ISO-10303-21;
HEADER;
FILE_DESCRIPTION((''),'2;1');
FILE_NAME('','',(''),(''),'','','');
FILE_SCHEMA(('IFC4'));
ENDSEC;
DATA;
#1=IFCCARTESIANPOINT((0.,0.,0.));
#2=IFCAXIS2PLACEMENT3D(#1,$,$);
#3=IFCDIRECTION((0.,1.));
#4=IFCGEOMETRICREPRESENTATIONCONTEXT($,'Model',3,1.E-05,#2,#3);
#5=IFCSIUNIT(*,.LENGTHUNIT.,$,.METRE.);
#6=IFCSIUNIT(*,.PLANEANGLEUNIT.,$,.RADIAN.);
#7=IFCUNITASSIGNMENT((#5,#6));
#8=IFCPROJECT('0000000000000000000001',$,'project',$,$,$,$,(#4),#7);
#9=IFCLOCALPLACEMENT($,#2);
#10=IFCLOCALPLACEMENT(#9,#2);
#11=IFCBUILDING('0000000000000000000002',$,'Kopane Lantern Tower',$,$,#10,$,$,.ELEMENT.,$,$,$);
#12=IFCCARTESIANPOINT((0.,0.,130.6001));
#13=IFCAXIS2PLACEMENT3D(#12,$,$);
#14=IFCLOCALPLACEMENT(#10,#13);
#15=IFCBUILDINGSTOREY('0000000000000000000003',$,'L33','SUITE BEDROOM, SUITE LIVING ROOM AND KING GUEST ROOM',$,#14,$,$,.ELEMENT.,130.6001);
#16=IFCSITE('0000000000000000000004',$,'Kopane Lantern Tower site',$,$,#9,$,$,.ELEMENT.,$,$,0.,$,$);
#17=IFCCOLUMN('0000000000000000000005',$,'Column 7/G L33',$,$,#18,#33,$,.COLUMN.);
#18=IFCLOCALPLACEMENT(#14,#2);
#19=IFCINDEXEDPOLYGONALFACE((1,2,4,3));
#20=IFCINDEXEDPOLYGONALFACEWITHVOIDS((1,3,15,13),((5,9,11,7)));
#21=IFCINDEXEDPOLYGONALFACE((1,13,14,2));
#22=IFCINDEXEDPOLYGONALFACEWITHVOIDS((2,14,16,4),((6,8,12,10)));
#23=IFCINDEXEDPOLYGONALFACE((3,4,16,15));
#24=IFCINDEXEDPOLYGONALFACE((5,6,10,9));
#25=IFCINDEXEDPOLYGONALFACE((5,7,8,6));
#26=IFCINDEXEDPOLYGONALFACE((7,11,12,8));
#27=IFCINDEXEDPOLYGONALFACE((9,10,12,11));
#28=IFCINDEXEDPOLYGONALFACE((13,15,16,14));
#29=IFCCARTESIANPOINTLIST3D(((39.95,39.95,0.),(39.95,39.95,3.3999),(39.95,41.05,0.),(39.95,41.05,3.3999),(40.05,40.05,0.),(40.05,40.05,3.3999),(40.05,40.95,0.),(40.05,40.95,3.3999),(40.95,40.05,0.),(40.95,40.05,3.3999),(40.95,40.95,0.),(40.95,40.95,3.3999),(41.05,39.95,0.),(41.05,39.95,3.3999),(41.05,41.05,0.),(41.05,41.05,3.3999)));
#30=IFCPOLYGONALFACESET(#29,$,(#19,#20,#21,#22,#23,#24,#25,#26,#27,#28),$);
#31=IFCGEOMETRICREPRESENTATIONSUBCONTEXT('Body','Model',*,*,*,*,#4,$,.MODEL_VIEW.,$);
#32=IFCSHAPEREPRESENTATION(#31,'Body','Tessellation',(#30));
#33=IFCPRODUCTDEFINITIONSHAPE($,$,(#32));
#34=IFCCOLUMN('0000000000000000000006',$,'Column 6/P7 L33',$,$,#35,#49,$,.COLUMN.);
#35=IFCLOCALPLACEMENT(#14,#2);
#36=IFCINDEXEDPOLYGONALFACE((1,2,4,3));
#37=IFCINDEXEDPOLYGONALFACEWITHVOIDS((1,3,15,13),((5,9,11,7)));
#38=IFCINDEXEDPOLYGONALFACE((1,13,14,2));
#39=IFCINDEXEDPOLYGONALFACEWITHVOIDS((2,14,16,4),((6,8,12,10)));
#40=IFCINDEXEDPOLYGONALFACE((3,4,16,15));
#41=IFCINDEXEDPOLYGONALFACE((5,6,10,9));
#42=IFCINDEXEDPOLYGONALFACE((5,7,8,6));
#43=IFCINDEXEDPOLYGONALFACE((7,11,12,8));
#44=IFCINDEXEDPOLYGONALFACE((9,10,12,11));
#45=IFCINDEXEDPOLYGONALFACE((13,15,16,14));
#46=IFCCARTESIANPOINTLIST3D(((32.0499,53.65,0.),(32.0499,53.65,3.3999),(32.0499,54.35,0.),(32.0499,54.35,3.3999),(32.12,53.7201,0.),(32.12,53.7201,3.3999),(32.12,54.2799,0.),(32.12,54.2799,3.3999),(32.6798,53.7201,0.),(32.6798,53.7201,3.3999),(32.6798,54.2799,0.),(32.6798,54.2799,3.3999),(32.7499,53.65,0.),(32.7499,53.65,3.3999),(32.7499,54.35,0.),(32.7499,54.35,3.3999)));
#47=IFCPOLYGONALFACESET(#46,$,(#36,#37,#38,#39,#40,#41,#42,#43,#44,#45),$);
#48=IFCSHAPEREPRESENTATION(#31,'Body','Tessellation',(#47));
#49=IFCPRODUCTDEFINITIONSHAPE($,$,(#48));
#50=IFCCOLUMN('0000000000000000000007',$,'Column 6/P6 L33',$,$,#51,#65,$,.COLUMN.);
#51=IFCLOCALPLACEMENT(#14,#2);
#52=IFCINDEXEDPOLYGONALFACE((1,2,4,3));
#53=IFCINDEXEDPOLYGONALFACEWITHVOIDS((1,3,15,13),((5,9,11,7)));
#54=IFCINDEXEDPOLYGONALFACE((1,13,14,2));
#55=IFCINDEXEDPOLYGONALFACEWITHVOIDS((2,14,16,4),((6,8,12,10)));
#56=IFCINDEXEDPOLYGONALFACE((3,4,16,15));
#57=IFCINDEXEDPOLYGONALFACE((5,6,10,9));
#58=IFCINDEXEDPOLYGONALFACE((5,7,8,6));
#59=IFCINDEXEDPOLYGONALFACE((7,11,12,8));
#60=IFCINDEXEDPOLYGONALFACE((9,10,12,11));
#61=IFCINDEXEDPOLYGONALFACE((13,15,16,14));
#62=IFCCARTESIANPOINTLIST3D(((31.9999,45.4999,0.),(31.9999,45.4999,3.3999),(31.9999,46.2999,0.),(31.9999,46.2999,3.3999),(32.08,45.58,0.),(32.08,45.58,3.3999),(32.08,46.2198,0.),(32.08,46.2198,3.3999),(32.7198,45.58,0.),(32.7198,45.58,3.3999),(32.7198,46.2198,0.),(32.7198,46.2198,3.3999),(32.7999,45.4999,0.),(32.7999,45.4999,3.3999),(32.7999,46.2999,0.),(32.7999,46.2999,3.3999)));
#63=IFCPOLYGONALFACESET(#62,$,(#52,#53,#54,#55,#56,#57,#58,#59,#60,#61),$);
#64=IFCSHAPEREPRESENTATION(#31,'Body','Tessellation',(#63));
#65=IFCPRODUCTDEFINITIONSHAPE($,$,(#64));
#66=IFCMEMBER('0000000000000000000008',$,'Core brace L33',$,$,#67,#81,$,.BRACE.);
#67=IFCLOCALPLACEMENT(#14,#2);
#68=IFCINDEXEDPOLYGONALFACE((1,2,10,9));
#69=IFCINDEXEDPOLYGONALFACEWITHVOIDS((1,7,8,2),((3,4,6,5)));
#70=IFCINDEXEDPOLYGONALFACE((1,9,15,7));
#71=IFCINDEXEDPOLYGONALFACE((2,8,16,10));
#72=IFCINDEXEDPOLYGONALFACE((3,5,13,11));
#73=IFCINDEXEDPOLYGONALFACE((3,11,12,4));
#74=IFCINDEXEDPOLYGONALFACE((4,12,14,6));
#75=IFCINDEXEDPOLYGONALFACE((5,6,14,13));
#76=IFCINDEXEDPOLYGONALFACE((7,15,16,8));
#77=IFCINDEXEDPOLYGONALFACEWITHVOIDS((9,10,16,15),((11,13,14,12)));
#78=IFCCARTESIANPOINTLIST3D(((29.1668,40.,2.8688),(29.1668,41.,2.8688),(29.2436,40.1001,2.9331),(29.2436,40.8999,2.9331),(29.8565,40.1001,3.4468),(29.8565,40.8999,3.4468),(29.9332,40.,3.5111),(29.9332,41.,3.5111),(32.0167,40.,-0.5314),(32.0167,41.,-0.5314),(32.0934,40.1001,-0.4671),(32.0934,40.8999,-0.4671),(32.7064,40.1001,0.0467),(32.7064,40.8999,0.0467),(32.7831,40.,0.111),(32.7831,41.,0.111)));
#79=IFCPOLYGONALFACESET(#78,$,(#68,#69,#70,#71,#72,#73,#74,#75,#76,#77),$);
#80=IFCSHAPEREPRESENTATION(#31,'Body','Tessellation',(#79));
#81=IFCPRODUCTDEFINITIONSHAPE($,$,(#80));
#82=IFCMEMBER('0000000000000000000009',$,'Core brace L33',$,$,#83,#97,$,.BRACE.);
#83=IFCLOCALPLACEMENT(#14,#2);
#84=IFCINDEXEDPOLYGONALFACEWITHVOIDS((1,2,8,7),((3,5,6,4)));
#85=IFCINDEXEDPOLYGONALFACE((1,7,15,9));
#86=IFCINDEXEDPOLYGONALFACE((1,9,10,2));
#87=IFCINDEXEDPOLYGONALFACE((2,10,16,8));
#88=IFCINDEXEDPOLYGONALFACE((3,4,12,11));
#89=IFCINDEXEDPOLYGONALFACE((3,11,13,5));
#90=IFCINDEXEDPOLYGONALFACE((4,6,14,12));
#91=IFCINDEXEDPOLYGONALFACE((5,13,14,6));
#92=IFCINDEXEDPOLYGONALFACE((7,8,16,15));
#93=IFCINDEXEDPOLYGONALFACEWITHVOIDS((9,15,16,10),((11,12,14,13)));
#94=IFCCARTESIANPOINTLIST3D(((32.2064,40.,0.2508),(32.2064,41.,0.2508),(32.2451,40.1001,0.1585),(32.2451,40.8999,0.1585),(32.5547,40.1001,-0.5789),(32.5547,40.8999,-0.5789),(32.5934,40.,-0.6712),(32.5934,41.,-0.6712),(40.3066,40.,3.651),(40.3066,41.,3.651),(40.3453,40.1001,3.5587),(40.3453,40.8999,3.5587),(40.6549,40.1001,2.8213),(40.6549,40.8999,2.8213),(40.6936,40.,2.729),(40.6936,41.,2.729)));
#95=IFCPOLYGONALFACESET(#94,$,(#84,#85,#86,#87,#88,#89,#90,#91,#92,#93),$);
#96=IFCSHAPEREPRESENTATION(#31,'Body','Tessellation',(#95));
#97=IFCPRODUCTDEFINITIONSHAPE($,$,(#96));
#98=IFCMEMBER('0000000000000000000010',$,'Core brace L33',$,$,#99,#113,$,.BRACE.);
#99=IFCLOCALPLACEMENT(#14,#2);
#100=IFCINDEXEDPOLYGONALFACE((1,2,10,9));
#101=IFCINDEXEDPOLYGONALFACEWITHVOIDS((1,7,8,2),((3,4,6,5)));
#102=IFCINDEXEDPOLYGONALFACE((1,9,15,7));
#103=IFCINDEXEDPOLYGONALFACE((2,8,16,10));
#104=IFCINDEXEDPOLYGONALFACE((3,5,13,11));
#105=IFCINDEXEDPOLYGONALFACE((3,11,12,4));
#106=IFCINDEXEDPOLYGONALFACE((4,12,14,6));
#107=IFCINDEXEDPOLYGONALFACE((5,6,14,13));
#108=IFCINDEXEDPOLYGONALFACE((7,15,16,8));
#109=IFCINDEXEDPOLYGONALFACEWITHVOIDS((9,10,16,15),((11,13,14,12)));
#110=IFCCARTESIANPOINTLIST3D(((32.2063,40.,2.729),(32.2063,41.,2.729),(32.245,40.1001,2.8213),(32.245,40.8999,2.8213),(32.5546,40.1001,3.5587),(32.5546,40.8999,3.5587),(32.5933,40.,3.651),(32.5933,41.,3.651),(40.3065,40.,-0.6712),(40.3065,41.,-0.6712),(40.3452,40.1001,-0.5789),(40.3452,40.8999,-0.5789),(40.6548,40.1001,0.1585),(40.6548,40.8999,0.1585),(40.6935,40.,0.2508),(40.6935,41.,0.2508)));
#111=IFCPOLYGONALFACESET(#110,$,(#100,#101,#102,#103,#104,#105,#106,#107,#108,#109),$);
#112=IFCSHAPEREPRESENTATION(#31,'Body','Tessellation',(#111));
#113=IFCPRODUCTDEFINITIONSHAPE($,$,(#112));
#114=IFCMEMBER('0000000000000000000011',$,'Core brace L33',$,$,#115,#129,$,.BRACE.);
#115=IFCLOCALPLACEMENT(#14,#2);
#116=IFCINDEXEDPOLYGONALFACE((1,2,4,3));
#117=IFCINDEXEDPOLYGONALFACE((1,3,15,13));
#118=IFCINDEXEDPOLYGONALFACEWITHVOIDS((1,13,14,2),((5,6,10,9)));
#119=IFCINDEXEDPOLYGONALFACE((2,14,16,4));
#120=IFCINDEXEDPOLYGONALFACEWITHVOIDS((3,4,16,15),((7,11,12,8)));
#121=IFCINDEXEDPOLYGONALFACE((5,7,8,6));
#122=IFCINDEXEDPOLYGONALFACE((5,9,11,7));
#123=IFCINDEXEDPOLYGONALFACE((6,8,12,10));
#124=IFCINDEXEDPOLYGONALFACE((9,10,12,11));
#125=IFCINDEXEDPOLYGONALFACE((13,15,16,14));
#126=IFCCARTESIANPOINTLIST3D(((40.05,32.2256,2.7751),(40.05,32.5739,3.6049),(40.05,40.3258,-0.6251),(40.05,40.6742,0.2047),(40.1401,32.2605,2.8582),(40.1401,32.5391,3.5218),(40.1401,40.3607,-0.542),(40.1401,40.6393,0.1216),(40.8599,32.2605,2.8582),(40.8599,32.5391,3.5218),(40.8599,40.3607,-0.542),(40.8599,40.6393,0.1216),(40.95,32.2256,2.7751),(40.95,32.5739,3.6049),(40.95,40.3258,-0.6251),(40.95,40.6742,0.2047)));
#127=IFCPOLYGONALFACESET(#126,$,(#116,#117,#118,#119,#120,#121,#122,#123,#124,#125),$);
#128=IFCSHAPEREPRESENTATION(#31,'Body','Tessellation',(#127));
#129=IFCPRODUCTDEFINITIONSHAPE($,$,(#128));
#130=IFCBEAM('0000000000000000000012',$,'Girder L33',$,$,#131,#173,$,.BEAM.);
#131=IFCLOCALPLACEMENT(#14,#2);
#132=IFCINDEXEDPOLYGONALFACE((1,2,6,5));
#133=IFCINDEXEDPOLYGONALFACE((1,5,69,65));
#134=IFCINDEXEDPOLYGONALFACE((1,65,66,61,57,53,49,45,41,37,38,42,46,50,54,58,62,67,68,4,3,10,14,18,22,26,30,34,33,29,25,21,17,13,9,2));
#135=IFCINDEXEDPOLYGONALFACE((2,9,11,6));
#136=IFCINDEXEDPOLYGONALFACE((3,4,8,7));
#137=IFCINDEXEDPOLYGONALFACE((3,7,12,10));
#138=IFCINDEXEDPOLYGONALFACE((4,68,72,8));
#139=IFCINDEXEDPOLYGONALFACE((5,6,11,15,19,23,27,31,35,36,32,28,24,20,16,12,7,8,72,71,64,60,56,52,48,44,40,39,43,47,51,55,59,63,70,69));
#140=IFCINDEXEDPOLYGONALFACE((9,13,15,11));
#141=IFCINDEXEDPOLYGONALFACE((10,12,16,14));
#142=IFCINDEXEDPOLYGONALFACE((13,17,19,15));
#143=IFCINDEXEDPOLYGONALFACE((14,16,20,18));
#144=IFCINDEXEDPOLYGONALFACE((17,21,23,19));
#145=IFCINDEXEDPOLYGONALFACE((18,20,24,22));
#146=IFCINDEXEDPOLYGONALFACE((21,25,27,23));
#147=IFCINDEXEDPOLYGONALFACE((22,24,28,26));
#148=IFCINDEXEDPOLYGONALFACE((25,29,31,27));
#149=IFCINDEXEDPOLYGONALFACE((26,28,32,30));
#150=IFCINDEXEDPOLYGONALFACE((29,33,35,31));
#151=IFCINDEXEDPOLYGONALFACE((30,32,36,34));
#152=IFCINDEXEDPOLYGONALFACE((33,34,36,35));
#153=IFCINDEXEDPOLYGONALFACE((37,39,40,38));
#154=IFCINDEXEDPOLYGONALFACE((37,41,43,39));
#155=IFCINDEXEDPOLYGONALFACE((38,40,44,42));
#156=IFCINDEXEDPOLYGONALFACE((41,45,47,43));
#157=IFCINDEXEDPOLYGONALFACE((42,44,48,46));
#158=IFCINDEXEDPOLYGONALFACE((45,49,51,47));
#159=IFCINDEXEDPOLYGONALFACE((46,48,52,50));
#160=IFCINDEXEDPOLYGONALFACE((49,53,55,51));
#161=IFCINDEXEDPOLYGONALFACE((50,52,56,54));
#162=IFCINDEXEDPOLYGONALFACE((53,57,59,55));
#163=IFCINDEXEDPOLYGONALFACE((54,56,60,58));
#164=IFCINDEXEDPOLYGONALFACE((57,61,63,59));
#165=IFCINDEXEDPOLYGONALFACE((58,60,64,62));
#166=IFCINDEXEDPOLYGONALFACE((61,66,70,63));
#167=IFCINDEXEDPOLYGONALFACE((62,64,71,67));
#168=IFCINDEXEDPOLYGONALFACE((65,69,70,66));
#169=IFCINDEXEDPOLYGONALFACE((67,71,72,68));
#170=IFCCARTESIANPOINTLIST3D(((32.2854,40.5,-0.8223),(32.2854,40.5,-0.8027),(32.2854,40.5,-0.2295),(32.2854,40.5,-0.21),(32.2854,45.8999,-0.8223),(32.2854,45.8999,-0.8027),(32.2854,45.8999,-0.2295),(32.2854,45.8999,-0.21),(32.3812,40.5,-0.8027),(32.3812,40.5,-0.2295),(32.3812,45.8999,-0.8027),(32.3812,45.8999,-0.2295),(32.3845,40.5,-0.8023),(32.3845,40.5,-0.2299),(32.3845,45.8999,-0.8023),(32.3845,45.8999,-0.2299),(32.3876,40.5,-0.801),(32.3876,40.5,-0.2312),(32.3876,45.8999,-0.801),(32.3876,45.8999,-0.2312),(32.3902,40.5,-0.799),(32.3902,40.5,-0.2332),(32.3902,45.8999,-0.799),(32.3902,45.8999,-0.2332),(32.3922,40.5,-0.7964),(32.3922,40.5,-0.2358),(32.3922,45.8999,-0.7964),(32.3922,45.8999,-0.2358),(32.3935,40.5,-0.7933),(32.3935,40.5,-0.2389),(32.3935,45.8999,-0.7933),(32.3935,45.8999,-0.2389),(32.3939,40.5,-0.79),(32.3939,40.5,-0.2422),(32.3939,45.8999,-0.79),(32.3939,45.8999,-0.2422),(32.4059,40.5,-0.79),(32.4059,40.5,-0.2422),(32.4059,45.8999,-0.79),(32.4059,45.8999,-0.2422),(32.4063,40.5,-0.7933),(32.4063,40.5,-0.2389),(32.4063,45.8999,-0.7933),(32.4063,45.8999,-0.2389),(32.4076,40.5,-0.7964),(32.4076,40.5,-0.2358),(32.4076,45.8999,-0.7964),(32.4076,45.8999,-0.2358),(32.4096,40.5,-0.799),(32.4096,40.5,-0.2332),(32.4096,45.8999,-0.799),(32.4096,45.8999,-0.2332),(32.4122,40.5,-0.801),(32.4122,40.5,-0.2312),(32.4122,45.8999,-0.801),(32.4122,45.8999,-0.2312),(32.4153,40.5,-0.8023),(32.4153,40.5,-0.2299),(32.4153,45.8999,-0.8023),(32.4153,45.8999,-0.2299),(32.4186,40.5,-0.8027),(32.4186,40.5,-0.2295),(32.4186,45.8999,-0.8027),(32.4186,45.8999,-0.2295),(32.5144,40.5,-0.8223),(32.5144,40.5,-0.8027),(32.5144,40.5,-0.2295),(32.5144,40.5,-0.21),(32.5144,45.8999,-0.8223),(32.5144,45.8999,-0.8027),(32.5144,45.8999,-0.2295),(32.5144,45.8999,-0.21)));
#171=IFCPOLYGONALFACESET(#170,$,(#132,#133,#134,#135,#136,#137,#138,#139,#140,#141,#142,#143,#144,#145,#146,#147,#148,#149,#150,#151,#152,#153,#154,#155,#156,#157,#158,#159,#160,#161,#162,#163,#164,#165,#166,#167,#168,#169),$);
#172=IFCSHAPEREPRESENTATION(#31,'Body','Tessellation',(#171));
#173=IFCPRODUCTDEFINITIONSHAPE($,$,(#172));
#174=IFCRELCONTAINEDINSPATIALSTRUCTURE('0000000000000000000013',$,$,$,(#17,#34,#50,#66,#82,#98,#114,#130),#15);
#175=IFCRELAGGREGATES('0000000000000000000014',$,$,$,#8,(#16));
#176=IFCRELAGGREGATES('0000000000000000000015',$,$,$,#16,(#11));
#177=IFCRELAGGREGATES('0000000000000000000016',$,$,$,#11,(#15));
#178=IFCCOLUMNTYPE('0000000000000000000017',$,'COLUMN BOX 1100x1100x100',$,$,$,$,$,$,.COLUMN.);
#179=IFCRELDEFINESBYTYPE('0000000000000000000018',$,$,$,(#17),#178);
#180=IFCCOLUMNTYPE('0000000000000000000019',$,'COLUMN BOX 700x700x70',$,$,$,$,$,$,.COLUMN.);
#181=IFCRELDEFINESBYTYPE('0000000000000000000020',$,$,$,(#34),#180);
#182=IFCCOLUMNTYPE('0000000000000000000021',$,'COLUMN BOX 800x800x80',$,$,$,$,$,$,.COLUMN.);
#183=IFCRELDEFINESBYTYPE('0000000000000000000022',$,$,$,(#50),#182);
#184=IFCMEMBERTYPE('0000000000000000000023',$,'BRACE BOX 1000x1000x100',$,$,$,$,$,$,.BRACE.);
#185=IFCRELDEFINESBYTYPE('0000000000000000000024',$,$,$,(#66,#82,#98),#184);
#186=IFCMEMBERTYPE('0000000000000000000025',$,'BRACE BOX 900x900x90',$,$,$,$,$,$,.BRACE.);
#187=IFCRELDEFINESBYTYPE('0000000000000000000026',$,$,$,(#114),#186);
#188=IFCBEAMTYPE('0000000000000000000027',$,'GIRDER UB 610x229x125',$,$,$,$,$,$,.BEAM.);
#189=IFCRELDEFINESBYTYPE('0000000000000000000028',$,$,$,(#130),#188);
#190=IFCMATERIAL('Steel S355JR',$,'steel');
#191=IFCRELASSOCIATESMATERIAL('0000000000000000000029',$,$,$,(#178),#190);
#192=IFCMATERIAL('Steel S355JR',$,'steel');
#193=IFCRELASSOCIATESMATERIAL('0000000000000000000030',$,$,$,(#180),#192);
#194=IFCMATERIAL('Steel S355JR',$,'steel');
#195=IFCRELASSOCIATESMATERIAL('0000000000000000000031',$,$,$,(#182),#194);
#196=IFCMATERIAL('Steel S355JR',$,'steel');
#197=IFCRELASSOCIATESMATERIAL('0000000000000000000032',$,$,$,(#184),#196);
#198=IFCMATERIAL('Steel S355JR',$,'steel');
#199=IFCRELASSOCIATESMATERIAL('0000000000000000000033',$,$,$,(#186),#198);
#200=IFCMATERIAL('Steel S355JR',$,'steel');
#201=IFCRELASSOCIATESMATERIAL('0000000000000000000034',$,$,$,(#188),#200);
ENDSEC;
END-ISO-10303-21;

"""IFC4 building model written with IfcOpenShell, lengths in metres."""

from ifc_helpers import new_model, si_unit, direction, frame, origin, origin_2d, place, context, subcontext, project, spatial, hollow_rectangle, i_section, extrude, material, material_profile, profile_set, type_object, element, save


model = new_model("IFC4")

# Units and contexts
model_context = context("Model", 3, precision=1e-05, world=origin(), true_north=direction((0.0, 1.0)))
body_context = subcontext(model_context, "Body", "Model", "MODEL_VIEW")
ifc_project = project(units=[si_unit("LENGTHUNIT", "METRE"), si_unit("PLANEANGLEUNIT", "RADIAN")], contexts=[model_context])

# Site, building, storey
site_placement = place(None, origin())
site = spatial("IfcSite", under=ifc_project, at=site_placement, Name="Kopane Lantern Tower site", CompositionType="ELEMENT", RefElevation=0.0)
building_placement = place(site_placement, origin())
building = spatial("IfcBuilding", under=site, at=building_placement, Name="Kopane Lantern Tower", CompositionType="ELEMENT")
storey_placement = place(building_placement, frame((0.0, 0.0, 130.6001)))
storey = spatial("IfcBuildingStorey", under=building, at=storey_placement, Name="L33", Description="SUITE BEDROOM, SUITE LIVING ROOM AND KING GUEST ROOM", CompositionType="ELEMENT", Elevation=130.6001)

# Columns
ifc_material_1 = material(Name="Steel S355JR", Category="steel")
ifc_material_profile_1 = material_profile(ifc_material_1, hollow_rectangle(XDim=1.1001, YDim=1.1001, WallThickness=0.1001, at=origin_2d()), Name="BOX 1100x1100x100")
ifc_profile_set_1 = profile_set([ifc_material_profile_1], Name="Steel S355JR")
column_type_1 = type_object("IfcColumnType", Name="COLUMN BOX 1100x1100x100", PredefinedType="COLUMN", material=ifc_profile_set_1)
column_1_placement = place(storey_placement, frame((40.5, 40.5, 0.0), z_axis=(0.0, 0.0, 1.0), x_axis=(1.0, 0.0, 0.0)))
element("IfcColumn", 1, at=column_1_placement, inside=storey, type_object=column_type_1, Name="Column 7/G L33", PredefinedType="COLUMN", context=body_context, shape_type="SweptSolid", body=[
    extrude(hollow_rectangle(XDim=1.1001, YDim=1.1001, WallThickness=0.1001, at=origin_2d()), origin(), (0.0, 0.0, 1.0), 3.3999),
])
ifc_material_2 = material(Name="Steel S355JR", Category="steel")
ifc_material_profile_2 = material_profile(ifc_material_2, hollow_rectangle(XDim=0.7, YDim=0.7, WallThickness=0.0701, at=origin_2d()), Name="BOX 700x700x70")
ifc_profile_set_2 = profile_set([ifc_material_profile_2], Name="Steel S355JR")
column_type_2 = type_object("IfcColumnType", Name="COLUMN BOX 700x700x70", PredefinedType="COLUMN", material=ifc_profile_set_2)
column_2_placement = place(storey_placement, frame((32.3999, 54.0, 0.0), z_axis=(0.0, 0.0, 1.0), x_axis=(1.0, 0.0, 0.0)))
element("IfcColumn", 2, at=column_2_placement, inside=storey, type_object=column_type_2, Name="Column 6/P7 L33", PredefinedType="COLUMN", context=body_context, shape_type="SweptSolid", body=[
    extrude(hollow_rectangle(XDim=0.7, YDim=0.7, WallThickness=0.0701, at=origin_2d()), origin(), (0.0, 0.0, 1.0), 3.3999),
])
ifc_material_3 = material(Name="Steel S355JR", Category="steel")
ifc_material_profile_3 = material_profile(ifc_material_3, hollow_rectangle(XDim=0.8, YDim=0.8, WallThickness=0.0801, at=origin_2d()), Name="BOX 800x800x80")
ifc_profile_set_3 = profile_set([ifc_material_profile_3], Name="Steel S355JR")
column_type_3 = type_object("IfcColumnType", Name="COLUMN BOX 800x800x80", PredefinedType="COLUMN", material=ifc_profile_set_3)
column_3_placement = place(storey_placement, frame((32.3999, 45.8999, 0.0), z_axis=(0.0, 0.0, 1.0), x_axis=(1.0, 0.0, 0.0)))
element("IfcColumn", 3, at=column_3_placement, inside=storey, type_object=column_type_3, Name="Column 6/P6 L33", PredefinedType="COLUMN", context=body_context, shape_type="SweptSolid", body=[
    extrude(hollow_rectangle(XDim=0.8, YDim=0.8, WallThickness=0.0801, at=origin_2d()), origin(), (0.0, 0.0, 1.0), 3.3999),
])

# Members
ifc_material_4 = material(Name="Steel S355JR", Category="steel")
ifc_material_profile_4 = material_profile(ifc_material_4, hollow_rectangle(XDim=1.0, YDim=1.0, WallThickness=0.1001, at=origin_2d()), Name="BOX 1000x1000x100")
ifc_profile_set_4 = profile_set([ifc_material_profile_4], Name="Steel S355JR")
member_type_1 = type_object("IfcMemberType", Name="BRACE BOX 1000x1000x100", PredefinedType="BRACE", material=ifc_profile_set_4)
member_1_placement = place(storey_placement, frame((32.3999, 40.5, -0.2102), z_axis=(-0.642363, 0.0, 0.7664), x_axis=(0.0, -1.0, 0.0)))
element("IfcMember", 4, at=member_1_placement, inside=storey, type_object=member_type_1, Name="Core brace L33", PredefinedType="BRACE", context=body_context, shape_type="SweptSolid", body=[
    extrude(hollow_rectangle(XDim=1.0, YDim=1.0, WallThickness=0.1001, at=origin_2d()), origin(), (0.0, 0.0, 1.0), 4.4365),
])
for number, where, z_axis, x_axis, name in (
    (5, (32.3999, 40.5, -0.2102), (0.922059, 0.0, 0.387049), (0.0, 1.0, 0.0), "Core brace L33"),
    (6, (40.5, 40.5, -0.2102), (-0.922059, 0.0, 0.387049), (0.0, -1.0, 0.0), "Core brace L33"),
):
    element("IfcMember", number, at=place(storey_placement, frame(where, z_axis=z_axis, x_axis=x_axis)), inside=storey, type_object=member_type_1, Name=name, PredefinedType="BRACE", context=body_context, shape_type="SweptSolid", body=[
        extrude(hollow_rectangle(XDim=1.0, YDim=1.0, WallThickness=0.1001, at=origin_2d()), origin(), (0.0, 0.0, 1.0), 8.7849),
    ])
ifc_material_5 = material(Name="Steel S355JR", Category="steel")
ifc_material_profile_5 = material_profile(ifc_material_5, hollow_rectangle(XDim=0.8999, YDim=0.8999, WallThickness=0.0901, at=origin_2d()), Name="BOX 900x900x90")
ifc_profile_set_5 = profile_set([ifc_material_profile_5], Name="Steel S355JR")
member_type_2 = type_object("IfcMemberType", Name="BRACE BOX 900x900x90", PredefinedType="BRACE", material=ifc_profile_set_5)
member_2_placement = place(storey_placement, frame((40.5, 40.5, -0.2102), z_axis=(0.0, -0.922059, 0.387049), x_axis=(1.0, 0.0, 0.0)))
element("IfcMember", 7, at=member_2_placement, inside=storey, type_object=member_type_2, Name="Core brace L33", PredefinedType="BRACE", context=body_context, shape_type="SweptSolid", body=[
    extrude(hollow_rectangle(XDim=0.8999, YDim=0.8999, WallThickness=0.0901, at=origin_2d()), origin(), (0.0, 0.0, 1.0), 8.7849),
])

# Beam
ifc_material_6 = material(Name="Steel S355JR", Category="steel")
ifc_material_profile_6 = material_profile(ifc_material_6, i_section(OverallWidth=0.229, OverallDepth=0.6123, WebThickness=0.012, FlangeThickness=0.0195, FilletRadius=0.0127, at=origin_2d()), Name="UB 610x229x125")
ifc_profile_set_6 = profile_set([ifc_material_profile_6], Name="Steel S355JR")
beam_type = type_object("IfcBeamType", Name="GIRDER UB 610x229x125", PredefinedType="BEAM", material=ifc_profile_set_6)
beam_1_placement = place(storey_placement, frame((32.3999, 40.5, -0.5161), z_axis=(0.0, 1.0, 0.0), x_axis=(-1.0, 0.0, 0.0)))
element("IfcBeam", 8, at=beam_1_placement, inside=storey, type_object=beam_type, Name="Girder L33", PredefinedType="BEAM", context=body_context, shape_type="SweptSolid", body=[
    extrude(i_section(OverallWidth=0.229, OverallDepth=0.6123, WebThickness=0.012, FlangeThickness=0.0195, FilletRadius=0.0127, at=origin_2d()), origin(), (0.0, 0.0, 1.0), 5.3999),
])

save(model, "model.ifc")
